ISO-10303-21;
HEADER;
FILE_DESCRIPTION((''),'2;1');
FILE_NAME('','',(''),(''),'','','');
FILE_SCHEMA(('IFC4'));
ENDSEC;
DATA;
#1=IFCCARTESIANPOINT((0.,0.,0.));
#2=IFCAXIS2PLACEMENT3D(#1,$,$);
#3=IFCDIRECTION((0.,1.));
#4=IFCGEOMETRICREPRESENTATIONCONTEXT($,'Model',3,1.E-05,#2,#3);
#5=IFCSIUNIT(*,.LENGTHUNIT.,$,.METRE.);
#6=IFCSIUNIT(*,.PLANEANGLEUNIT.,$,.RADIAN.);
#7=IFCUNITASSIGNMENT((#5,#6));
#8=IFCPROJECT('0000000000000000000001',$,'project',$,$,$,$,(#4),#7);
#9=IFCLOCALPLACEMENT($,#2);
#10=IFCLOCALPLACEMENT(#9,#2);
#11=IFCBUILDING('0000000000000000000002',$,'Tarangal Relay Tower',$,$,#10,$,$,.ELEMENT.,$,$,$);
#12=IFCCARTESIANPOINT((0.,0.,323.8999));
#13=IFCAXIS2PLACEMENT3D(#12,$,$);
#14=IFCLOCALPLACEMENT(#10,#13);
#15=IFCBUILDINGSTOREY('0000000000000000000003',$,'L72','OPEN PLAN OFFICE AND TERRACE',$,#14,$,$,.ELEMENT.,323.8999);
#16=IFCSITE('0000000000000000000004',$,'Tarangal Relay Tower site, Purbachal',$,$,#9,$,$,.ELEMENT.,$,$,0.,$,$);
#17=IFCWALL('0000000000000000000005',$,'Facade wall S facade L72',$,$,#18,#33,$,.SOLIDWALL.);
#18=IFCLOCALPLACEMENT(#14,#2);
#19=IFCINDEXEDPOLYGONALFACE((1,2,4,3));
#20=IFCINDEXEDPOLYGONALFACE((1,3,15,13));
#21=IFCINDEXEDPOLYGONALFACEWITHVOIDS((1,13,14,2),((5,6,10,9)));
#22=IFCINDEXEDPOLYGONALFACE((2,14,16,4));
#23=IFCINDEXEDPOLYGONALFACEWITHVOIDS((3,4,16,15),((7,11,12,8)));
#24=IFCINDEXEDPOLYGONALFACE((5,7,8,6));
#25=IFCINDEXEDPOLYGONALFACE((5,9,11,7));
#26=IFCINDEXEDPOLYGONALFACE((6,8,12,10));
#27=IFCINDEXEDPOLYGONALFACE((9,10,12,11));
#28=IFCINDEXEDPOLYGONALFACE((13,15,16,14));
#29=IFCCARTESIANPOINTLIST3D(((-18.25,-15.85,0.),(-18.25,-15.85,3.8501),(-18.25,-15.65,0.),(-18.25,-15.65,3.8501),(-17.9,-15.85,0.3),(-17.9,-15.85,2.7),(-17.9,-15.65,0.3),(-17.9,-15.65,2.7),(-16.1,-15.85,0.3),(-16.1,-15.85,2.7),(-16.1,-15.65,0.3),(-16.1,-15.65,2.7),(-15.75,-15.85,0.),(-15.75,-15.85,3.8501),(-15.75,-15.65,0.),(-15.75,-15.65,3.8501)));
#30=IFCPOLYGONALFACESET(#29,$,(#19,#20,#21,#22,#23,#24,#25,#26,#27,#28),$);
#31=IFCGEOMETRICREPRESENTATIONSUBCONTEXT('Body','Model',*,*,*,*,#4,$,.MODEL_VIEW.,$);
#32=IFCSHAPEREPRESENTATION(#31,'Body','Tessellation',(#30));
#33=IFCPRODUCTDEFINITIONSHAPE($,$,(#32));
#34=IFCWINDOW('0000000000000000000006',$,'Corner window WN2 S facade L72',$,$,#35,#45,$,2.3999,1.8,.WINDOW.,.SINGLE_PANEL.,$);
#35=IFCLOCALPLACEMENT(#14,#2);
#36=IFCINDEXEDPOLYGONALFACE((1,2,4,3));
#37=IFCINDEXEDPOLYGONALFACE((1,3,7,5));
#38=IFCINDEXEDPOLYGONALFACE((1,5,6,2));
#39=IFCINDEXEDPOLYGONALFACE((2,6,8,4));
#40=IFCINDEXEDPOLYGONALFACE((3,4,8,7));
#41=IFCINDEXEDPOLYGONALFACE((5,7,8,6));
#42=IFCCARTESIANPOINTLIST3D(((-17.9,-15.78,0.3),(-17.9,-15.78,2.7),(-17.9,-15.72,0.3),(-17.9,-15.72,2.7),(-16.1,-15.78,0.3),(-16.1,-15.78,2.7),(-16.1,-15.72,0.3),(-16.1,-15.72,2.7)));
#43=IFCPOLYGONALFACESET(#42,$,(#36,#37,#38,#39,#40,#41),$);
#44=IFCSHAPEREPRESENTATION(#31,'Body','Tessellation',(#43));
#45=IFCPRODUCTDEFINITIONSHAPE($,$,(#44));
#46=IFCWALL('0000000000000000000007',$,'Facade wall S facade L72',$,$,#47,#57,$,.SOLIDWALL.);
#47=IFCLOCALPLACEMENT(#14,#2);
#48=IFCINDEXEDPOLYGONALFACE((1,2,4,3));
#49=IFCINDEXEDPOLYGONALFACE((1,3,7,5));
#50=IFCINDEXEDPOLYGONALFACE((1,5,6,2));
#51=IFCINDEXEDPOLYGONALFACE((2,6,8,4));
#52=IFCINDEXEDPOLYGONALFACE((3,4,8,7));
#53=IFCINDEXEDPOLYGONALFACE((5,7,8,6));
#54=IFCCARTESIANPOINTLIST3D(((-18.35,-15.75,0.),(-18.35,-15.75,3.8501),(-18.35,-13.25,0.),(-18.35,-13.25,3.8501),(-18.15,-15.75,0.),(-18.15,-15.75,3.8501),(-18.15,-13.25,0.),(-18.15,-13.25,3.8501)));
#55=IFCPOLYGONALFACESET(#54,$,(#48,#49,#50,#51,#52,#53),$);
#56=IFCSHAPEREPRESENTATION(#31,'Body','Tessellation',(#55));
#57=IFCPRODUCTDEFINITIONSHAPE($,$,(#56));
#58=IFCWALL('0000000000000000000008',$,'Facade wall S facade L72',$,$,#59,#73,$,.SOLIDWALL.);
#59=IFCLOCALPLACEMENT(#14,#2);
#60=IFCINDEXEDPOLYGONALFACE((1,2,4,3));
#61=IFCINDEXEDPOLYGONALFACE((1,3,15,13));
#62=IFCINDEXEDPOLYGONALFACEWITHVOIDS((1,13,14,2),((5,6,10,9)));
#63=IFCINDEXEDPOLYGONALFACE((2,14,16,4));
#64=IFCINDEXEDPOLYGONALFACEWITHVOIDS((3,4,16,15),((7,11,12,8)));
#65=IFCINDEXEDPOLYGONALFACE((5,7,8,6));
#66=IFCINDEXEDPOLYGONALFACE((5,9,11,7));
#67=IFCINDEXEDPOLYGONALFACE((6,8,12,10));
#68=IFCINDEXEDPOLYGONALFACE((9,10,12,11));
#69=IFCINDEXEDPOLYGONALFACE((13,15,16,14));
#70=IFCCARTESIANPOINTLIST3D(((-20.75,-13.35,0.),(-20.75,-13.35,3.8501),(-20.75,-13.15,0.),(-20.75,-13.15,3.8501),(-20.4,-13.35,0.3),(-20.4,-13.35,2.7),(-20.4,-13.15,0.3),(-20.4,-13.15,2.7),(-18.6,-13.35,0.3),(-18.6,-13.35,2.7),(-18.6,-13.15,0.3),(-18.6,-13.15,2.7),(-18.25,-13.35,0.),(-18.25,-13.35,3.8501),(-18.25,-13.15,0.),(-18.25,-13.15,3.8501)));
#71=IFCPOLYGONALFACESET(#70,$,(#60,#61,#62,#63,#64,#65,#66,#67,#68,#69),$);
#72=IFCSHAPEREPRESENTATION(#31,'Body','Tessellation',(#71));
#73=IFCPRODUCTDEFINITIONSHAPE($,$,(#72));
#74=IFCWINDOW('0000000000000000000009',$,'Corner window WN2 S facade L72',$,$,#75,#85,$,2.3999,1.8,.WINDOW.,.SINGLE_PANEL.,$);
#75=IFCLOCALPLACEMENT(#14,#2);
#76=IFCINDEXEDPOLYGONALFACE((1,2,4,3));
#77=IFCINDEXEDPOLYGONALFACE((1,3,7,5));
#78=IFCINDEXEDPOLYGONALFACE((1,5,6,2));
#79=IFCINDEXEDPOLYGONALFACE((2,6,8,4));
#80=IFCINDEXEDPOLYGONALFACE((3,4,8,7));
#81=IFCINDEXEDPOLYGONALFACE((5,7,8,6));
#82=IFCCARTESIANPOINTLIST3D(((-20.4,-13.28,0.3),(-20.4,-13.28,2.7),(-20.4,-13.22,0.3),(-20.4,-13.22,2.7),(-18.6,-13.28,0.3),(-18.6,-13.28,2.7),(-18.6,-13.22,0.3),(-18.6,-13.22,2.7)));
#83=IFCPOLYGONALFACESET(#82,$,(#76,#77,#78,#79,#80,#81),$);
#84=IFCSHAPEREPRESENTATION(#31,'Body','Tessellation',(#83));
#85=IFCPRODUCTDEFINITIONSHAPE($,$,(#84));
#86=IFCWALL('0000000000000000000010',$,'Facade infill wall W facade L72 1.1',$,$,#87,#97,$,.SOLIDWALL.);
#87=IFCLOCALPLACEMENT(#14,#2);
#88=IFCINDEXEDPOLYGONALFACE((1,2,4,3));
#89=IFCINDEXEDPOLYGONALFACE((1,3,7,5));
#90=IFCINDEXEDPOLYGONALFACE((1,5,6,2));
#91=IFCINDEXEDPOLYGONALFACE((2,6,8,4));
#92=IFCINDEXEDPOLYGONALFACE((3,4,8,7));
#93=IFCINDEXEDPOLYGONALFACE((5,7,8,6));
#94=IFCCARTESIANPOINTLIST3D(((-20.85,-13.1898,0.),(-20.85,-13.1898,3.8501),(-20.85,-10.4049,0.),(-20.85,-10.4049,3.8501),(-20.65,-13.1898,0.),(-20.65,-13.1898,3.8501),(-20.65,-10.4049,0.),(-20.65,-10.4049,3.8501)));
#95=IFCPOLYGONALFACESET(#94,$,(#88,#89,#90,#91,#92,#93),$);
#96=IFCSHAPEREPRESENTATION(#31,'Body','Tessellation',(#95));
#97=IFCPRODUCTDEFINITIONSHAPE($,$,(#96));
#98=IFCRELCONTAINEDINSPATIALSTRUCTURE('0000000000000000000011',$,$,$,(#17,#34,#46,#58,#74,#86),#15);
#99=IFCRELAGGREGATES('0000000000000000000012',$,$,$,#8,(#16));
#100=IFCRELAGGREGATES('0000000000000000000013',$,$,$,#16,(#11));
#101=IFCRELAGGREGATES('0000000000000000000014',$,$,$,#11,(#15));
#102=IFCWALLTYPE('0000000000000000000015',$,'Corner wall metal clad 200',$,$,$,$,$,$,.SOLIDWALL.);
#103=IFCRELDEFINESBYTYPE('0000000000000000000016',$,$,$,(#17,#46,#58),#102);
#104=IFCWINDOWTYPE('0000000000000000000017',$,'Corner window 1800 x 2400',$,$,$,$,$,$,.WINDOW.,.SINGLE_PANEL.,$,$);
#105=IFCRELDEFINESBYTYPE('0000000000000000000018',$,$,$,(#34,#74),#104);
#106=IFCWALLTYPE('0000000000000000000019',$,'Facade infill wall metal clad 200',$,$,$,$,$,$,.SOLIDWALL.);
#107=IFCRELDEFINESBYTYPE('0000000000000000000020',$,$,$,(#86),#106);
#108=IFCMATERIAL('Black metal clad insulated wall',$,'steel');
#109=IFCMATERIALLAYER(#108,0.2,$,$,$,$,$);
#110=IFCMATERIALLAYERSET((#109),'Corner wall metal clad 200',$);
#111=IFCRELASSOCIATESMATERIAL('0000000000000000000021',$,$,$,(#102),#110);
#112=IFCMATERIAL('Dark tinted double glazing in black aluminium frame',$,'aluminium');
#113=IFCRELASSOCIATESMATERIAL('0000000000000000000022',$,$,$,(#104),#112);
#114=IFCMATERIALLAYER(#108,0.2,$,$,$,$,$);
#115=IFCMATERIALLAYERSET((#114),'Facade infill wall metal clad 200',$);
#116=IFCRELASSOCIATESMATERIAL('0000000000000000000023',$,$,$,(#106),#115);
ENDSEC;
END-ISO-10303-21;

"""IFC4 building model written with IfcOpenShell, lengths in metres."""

from ifc_helpers import new_model, si_unit, direction, frame, frame_2d, origin, place, context, subcontext, project, spatial, rectangle, extrude, material, layer, layer_set, type_object, element, fill, save


model = new_model("IFC4")

# Units and contexts
model_context = context("Model", 3, precision=1e-05, world=origin(), true_north=direction((0.0, 1.0)))
body_context = subcontext(model_context, "Body", "Model", "MODEL_VIEW")
ifc_project = project(units=[si_unit("LENGTHUNIT", "METRE"), si_unit("PLANEANGLEUNIT", "RADIAN")], contexts=[model_context])

# Site, building, storey
site_placement = place(None, origin())
site = spatial("IfcSite", under=ifc_project, at=site_placement, Name="Tarangal Relay Tower site, Purbachal", CompositionType="ELEMENT", RefElevation=0.0)
building_placement = place(site_placement, origin())
building = spatial("IfcBuilding", under=site, at=building_placement, Name="Tarangal Relay Tower", CompositionType="ELEMENT")
storey_placement = place(building_placement, frame((0.0, 0.0, 323.8999)))
storey = spatial("IfcBuildingStorey", under=building, at=storey_placement, Name="L72", Description="OPEN PLAN OFFICE AND TERRACE", CompositionType="ELEMENT", Elevation=323.8999)

# Shared definitions
ifc_material_1 = material(Name="Black metal clad insulated wall", Category="steel")
ifc_layer_1 = layer(ifc_material_1, 0.2)
ifc_layer_set_1 = layer_set([ifc_layer_1], Name="Corner wall metal clad 200")
wall_type_1 = type_object("IfcWallType", Name="Corner wall metal clad 200", PredefinedType="SOLIDWALL", material=ifc_layer_set_1)

# Shared definitions
ifc_material_2 = material(Name="Dark tinted double glazing in black aluminium frame", Category="aluminium")
window_type = type_object("IfcWindowType", Name="Corner window 1800 x 2400", PartitioningType="SINGLE_PANEL", PredefinedType="WINDOW", material=ifc_material_2)

# Wall, opening, window
wall_1_placement = place(storey_placement, frame((-15.75, -15.75, 0.0), z_axis=(0.0, 0.0, 1.0), x_axis=(-1.0, 0.0, 0.0)))
wall_1 = element("IfcWall", 1, at=wall_1_placement, inside=storey, type_object=wall_type_1, Name="Facade wall S facade L72", PredefinedType="SOLIDWALL", context=body_context, shape_type="SweptSolid", body=[
    extrude(rectangle(XDim=2.5, YDim=0.2, at=frame_2d((1.25, 0.0))), origin(), (0.0, 0.0, 1.0), 3.8501),
])
opening_1_placement = place(wall_1_placement, frame((0.3501, 0.0, 0.3)))
opening_1 = element("IfcOpeningElement", 2, at=opening_1_placement, cuts=wall_1, PredefinedType="OPENING", context=body_context, shape_type="SweptSolid", body=[
    extrude(rectangle(XDim=1.8, YDim=2.3999, at=frame_2d((0.8999, 1.2))), frame((0.0, 0.1099, 0.0), z_axis=(0.0, -1.0, 0.0), x_axis=(1.0, 0.0, 0.0)), (0.0, 0.0, 1.0), 0.22),
])
window_1_placement = place(opening_1_placement, origin())
window_1 = element("IfcWindow", 3, at=window_1_placement, inside=storey, type_object=window_type, Name="Corner window WN2 S facade L72", OverallHeight=2.3999, OverallWidth=1.8, PartitioningType="SINGLE_PANEL", PredefinedType="WINDOW", context=body_context, shape_type="SweptSolid", body=[
    extrude(rectangle(XDim=1.8, YDim=2.3999, at=frame_2d((0.8999, 1.2))), frame((0.0, 0.03, 0.0), z_axis=(0.0, -1.0, 0.0), x_axis=(1.0, 0.0, 0.0)), (0.0, 0.0, 1.0), 0.0601),
])
fill(opening_1, window_1)

# Wall
wall_2_placement = place(storey_placement, frame((-18.25, -15.75, 0.0), z_axis=(0.0, 0.0, 1.0), x_axis=(0.0, 1.0, 0.0)))
element("IfcWall", 4, at=wall_2_placement, inside=storey, type_object=wall_type_1, Name="Facade wall S facade L72", PredefinedType="SOLIDWALL", context=body_context, shape_type="SweptSolid", body=[
    extrude(rectangle(XDim=2.5, YDim=0.2, at=frame_2d((1.25, 0.0))), origin(), (0.0, 0.0, 1.0), 3.8501),
])

# Wall, opening, window
wall_3_placement = place(storey_placement, frame((-18.25, -13.25, 0.0), z_axis=(0.0, 0.0, 1.0), x_axis=(-1.0, 0.0, 0.0)))
wall_3 = element("IfcWall", 5, at=wall_3_placement, inside=storey, type_object=wall_type_1, Name="Facade wall S facade L72", PredefinedType="SOLIDWALL", context=body_context, shape_type="SweptSolid", body=[
    extrude(rectangle(XDim=2.5, YDim=0.2, at=frame_2d((1.25, 0.0))), origin(), (0.0, 0.0, 1.0), 3.8501),
])
opening_2_placement = place(wall_3_placement, frame((0.3501, 0.0, 0.3)))
opening_2 = element("IfcOpeningElement", 6, at=opening_2_placement, cuts=wall_3, PredefinedType="OPENING", context=body_context, shape_type="SweptSolid", body=[
    extrude(rectangle(XDim=1.8, YDim=2.3999, at=frame_2d((0.8999, 1.2))), frame((0.0, 0.1099, 0.0), z_axis=(0.0, -1.0, 0.0), x_axis=(1.0, 0.0, 0.0)), (0.0, 0.0, 1.0), 0.22),
])
window_2_placement = place(opening_2_placement, origin())
window_2 = element("IfcWindow", 7, at=window_2_placement, inside=storey, type_object=window_type, Name="Corner window WN2 S facade L72", OverallHeight=2.3999, OverallWidth=1.8, PartitioningType="SINGLE_PANEL", PredefinedType="WINDOW", context=body_context, shape_type="SweptSolid", body=[
    extrude(rectangle(XDim=1.8, YDim=2.3999, at=frame_2d((0.8999, 1.2))), frame((0.0, 0.03, 0.0), z_axis=(0.0, -1.0, 0.0), x_axis=(1.0, 0.0, 0.0)), (0.0, 0.0, 1.0), 0.0601),
])
fill(opening_2, window_2)

# Wall
ifc_layer_2 = layer(ifc_material_1, 0.2)
ifc_layer_set_2 = layer_set([ifc_layer_2], Name="Facade infill wall metal clad 200")
wall_type_2 = type_object("IfcWallType", Name="Facade infill wall metal clad 200", PredefinedType="SOLIDWALL", material=ifc_layer_set_2)
wall_4_placement = place(storey_placement, frame((-20.75, -13.1899, 0.0), z_axis=(0.0, 0.0, 1.0), x_axis=(0.0, 1.0, 0.0)))
element("IfcWall", 8, at=wall_4_placement, inside=storey, type_object=wall_type_2, Name="Facade infill wall W facade L72 1.1", PredefinedType="SOLIDWALL", context=body_context, shape_type="SweptSolid", body=[
    extrude(rectangle(XDim=2.7849, YDim=0.2, at=frame_2d((1.3926, 0.0))), origin(), (0.0, 0.0, 1.0), 3.8501),
])

save(model, "model.ifc")
